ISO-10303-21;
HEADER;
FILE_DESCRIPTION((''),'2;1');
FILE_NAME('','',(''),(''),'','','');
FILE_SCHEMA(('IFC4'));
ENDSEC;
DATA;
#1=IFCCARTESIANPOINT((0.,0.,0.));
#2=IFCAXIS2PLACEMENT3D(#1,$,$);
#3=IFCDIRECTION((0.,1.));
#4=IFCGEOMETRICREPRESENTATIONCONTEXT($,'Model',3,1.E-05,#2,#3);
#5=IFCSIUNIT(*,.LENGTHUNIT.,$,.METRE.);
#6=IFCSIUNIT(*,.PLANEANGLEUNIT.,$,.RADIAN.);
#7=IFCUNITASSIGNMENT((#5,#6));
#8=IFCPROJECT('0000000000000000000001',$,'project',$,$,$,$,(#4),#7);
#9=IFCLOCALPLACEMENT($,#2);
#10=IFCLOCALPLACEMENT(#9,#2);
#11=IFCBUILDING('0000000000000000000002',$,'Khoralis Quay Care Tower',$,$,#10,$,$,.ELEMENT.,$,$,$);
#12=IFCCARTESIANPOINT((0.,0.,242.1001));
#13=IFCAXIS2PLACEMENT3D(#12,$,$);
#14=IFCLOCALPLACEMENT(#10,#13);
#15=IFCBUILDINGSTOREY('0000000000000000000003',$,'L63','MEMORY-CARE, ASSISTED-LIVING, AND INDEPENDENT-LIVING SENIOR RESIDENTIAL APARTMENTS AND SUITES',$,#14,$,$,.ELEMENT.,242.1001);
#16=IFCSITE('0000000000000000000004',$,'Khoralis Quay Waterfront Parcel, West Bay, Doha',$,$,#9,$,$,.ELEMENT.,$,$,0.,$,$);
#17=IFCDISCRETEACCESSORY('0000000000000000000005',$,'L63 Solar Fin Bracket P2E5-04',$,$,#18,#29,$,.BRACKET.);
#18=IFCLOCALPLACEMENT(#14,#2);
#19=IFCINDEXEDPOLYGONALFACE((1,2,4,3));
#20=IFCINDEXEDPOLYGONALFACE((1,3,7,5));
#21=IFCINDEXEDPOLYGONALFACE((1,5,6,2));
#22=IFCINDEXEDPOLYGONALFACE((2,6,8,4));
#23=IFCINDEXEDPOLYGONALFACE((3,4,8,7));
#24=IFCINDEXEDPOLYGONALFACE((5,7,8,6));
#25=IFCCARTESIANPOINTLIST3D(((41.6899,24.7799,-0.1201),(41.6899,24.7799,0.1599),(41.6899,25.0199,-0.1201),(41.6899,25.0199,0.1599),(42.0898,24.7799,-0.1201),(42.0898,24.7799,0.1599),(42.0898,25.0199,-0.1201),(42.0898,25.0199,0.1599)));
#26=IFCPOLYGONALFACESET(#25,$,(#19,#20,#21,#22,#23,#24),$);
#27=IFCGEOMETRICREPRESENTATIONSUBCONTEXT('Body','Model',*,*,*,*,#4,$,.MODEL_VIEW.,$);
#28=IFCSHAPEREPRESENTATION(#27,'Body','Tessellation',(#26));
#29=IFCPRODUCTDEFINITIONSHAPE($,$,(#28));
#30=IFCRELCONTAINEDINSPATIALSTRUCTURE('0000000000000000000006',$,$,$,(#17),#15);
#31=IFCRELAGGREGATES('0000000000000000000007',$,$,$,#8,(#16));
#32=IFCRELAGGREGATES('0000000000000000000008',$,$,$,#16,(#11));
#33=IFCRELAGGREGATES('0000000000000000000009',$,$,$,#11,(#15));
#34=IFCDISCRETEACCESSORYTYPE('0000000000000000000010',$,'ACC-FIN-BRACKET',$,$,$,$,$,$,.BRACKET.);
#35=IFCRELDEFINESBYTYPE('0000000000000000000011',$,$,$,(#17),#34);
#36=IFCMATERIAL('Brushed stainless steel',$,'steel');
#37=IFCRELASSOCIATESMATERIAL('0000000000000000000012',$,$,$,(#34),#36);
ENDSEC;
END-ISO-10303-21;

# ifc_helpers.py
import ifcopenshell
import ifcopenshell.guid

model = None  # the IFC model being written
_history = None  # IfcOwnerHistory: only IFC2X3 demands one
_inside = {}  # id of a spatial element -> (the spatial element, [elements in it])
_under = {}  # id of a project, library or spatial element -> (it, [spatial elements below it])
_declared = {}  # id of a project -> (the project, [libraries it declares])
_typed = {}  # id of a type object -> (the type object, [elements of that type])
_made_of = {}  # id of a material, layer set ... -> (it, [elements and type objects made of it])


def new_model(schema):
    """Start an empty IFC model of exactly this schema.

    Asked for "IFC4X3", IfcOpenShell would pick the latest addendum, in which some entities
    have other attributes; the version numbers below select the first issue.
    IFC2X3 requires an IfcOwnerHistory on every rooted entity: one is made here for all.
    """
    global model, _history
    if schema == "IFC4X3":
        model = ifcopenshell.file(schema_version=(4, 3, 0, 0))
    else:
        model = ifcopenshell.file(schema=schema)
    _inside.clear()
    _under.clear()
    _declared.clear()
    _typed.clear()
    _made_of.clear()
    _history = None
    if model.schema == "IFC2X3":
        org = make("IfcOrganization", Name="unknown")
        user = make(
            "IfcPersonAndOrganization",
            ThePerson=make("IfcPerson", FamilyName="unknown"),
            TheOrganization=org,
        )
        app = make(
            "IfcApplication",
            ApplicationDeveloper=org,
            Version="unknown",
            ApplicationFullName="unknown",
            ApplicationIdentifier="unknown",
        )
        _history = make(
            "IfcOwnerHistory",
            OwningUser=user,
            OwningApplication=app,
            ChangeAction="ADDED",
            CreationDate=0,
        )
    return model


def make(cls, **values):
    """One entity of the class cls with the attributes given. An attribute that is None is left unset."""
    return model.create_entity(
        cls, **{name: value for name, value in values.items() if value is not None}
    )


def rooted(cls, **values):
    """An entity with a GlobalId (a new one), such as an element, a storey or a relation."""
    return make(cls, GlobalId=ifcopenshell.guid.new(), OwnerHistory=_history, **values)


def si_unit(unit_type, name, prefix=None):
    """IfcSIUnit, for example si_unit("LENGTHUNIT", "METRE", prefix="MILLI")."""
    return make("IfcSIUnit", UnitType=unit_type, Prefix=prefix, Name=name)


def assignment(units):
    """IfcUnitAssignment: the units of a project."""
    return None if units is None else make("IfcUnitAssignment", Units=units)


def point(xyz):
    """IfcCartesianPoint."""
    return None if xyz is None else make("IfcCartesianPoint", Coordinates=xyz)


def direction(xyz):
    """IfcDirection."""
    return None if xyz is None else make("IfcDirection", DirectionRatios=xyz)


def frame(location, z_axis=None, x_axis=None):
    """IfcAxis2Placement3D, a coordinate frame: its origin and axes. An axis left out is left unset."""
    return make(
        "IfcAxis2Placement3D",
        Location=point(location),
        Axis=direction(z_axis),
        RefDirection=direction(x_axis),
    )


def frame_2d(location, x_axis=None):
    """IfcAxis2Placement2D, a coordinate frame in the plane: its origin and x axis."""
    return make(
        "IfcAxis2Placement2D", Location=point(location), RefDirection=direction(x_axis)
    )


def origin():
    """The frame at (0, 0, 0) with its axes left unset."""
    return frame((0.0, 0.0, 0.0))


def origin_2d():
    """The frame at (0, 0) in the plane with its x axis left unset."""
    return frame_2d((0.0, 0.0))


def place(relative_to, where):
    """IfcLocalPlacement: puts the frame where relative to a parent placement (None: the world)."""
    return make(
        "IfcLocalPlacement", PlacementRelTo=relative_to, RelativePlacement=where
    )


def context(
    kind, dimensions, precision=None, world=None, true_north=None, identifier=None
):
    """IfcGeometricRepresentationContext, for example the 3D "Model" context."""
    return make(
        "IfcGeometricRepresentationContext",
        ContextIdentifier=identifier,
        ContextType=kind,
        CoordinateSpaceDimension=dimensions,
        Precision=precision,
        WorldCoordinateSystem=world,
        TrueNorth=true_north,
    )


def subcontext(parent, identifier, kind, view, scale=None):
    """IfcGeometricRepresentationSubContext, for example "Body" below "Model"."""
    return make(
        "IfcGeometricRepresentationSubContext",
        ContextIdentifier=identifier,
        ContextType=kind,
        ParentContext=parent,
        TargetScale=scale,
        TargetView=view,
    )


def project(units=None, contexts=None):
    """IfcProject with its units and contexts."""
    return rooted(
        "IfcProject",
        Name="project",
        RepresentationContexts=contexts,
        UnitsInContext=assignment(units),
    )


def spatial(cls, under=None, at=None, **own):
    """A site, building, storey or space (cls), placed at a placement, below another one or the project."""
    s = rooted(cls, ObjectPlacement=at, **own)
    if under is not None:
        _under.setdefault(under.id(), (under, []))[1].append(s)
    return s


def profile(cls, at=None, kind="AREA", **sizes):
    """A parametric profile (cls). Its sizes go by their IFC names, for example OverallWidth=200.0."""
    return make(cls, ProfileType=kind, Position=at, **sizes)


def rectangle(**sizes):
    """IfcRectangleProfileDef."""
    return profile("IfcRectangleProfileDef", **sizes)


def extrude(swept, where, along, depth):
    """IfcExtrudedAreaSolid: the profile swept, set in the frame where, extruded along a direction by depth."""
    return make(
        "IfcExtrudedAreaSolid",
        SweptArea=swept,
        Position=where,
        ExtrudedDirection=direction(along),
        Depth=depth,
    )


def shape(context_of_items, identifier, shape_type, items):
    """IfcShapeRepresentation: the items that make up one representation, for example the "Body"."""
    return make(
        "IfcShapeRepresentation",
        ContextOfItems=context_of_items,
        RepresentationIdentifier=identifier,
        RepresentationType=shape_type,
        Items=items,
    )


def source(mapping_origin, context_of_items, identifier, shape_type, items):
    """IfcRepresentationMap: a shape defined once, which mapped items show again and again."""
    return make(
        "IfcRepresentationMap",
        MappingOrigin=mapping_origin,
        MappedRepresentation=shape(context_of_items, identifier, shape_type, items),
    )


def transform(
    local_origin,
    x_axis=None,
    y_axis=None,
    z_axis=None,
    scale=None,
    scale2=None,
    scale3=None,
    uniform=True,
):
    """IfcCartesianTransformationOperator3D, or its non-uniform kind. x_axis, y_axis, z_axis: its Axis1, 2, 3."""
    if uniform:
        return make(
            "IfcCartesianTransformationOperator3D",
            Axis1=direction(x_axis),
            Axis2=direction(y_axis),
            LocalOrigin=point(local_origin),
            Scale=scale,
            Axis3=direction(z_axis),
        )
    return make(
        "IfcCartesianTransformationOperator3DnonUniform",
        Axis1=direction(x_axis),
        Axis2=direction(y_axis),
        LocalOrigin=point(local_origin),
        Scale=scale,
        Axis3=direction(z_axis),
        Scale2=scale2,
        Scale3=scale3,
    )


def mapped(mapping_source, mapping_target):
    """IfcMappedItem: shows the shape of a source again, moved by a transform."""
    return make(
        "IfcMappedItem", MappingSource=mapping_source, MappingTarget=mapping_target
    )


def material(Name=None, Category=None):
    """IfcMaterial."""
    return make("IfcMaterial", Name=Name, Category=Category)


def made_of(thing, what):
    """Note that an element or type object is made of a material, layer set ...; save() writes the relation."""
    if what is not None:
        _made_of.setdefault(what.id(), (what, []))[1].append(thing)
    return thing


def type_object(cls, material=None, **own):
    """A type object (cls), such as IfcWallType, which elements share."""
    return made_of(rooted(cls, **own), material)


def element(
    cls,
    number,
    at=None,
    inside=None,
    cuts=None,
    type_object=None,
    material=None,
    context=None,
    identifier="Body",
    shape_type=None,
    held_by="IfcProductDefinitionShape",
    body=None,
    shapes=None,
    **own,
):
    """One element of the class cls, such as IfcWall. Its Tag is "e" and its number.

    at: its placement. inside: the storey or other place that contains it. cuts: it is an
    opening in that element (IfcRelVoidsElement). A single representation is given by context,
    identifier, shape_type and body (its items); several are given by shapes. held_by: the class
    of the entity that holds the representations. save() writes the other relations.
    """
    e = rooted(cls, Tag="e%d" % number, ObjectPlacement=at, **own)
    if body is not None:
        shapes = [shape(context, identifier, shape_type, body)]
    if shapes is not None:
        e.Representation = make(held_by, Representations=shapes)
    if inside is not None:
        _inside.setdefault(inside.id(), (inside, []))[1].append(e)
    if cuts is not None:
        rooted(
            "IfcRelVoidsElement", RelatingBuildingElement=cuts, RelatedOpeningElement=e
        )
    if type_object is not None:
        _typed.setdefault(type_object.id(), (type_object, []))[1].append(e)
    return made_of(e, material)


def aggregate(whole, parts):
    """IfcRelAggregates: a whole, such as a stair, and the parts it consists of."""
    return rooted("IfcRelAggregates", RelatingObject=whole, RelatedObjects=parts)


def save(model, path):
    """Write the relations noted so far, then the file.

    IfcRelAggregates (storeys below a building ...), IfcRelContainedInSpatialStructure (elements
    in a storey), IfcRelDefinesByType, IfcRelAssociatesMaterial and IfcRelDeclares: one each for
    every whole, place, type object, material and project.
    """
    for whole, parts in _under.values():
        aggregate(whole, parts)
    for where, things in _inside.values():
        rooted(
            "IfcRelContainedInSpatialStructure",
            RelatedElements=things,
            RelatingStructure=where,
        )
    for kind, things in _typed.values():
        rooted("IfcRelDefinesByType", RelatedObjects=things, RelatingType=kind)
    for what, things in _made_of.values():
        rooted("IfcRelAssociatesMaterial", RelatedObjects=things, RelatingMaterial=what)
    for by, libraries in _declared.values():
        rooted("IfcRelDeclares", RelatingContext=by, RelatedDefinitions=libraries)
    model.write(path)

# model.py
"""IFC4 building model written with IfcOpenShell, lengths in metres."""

from ifc_helpers import new_model, si_unit, direction, frame, origin, origin_2d, place, context, subcontext, project, spatial, rectangle, extrude, source, transform, mapped, material, type_object, element, save


model = new_model("IFC4")

# Units and contexts
model_context = context("Model", 3, precision=1e-05, world=origin(), true_north=direction((0.0, 1.0)))
body_context = subcontext(model_context, "Body", "Model", "MODEL_VIEW")
ifc_project = project(units=[si_unit("LENGTHUNIT", "METRE"), si_unit("PLANEANGLEUNIT", "RADIAN")], contexts=[model_context])

# Site, building, storey
site_placement = place(None, origin())
site = spatial("IfcSite", under=ifc_project, at=site_placement, Name="Khoralis Quay Waterfront Parcel, West Bay, Doha", CompositionType="ELEMENT", RefElevation=0.0)
building_placement = place(site_placement, origin())
building = spatial("IfcBuilding", under=site, at=building_placement, Name="Khoralis Quay Care Tower", CompositionType="ELEMENT")
storey_placement = place(building_placement, frame((0.0, 0.0, 242.1001)))
storey = spatial("IfcBuildingStorey", under=building, at=storey_placement, Name="L63", Description="MEMORY-CARE, ASSISTED-LIVING, AND INDEPENDENT-LIVING SENIOR RESIDENTIAL APARTMENTS AND SUITES", CompositionType="ELEMENT", Elevation=242.1001)

# Discrete accessory
ifc_material_1 = material(Name="Brushed stainless steel", Category="steel")
discrete_accessory_type = type_object("IfcDiscreteAccessoryType", Name="ACC-FIN-BRACKET", PredefinedType="BRACKET", material=ifc_material_1)
shared_shape_1 = source(origin(), body_context, "Body", "SweptSolid", [
    extrude(rectangle(XDim=0.3999, YDim=0.24, at=origin_2d()), origin(), (0.0, 0.0, 1.0), 0.28),
])
discrete_accessory_placement = place(storey_placement, frame((41.8899, 24.8999, -0.1201), z_axis=(0.0, 0.0, 1.0), x_axis=(1.0, 0.0, 0.0)))
element("IfcDiscreteAccessory", 1, at=discrete_accessory_placement, inside=storey, type_object=discrete_accessory_type, Name="L63 Solar Fin Bracket P2E5-04", PredefinedType="BRACKET", context=body_context, shape_type="MappedRepresentation", body=[
    mapped(shared_shape_1, transform((0.0, 0.0, 0.0), scale=1.0)),
])

save(model, "model.ifc")
